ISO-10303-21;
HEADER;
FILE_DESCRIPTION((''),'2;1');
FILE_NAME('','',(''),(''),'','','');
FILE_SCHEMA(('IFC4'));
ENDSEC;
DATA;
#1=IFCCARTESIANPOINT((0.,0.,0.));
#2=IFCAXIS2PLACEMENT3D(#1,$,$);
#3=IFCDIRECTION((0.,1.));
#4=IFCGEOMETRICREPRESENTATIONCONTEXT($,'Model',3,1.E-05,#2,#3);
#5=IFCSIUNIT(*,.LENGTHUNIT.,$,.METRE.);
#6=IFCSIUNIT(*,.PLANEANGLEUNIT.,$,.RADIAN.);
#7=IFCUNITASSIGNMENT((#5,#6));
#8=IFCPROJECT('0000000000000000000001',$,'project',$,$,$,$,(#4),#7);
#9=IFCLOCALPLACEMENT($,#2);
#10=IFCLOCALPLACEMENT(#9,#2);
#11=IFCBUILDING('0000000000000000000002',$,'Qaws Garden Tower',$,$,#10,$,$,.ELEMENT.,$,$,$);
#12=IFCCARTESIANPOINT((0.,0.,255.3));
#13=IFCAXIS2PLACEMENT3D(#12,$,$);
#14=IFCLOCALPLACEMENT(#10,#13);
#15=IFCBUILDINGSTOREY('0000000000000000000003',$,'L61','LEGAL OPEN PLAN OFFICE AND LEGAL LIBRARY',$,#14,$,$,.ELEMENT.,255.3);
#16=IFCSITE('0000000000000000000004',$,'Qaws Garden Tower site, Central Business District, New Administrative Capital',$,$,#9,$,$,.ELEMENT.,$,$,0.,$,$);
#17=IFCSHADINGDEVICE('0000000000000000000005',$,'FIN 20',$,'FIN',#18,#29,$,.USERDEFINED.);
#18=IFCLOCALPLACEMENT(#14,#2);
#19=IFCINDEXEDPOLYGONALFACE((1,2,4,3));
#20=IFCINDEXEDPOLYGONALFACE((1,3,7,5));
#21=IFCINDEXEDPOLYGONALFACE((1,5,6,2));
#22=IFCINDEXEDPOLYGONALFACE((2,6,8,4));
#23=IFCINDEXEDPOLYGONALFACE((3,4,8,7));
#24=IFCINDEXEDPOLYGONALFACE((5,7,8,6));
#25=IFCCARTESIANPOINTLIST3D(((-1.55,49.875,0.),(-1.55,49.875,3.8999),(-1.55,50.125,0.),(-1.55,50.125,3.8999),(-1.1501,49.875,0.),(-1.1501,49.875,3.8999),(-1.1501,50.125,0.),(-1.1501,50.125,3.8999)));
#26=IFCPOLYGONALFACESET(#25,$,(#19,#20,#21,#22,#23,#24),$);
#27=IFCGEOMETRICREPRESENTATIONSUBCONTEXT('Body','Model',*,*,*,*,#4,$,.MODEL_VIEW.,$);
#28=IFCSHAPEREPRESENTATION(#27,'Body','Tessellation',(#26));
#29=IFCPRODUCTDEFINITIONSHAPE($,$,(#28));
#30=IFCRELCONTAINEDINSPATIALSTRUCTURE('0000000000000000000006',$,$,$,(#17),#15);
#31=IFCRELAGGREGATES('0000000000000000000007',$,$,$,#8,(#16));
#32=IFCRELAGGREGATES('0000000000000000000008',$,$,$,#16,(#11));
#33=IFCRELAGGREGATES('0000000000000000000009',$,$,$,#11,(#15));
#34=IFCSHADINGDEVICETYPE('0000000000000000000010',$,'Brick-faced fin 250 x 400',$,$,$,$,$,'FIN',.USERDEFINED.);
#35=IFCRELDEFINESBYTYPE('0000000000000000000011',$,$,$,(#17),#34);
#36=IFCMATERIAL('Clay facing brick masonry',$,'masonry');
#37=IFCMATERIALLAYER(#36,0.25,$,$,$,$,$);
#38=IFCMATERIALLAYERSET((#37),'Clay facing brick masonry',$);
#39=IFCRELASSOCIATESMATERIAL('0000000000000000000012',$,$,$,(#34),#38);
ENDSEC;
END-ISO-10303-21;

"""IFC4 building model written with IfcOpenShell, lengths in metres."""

from ifc_helpers import new_model, si_unit, direction, frame, origin, origin_2d, place, context, subcontext, project, spatial, rectangle, extrude, material, layer, layer_set, type_object, element, save


model = new_model("IFC4")

# Units and contexts
model_context = context("Model", 3, precision=1e-05, world=origin(), true_north=direction((0.0, 1.0)))
body_context = subcontext(model_context, "Body", "Model", "MODEL_VIEW")
ifc_project = project(units=[si_unit("LENGTHUNIT", "METRE"), si_unit("PLANEANGLEUNIT", "RADIAN")], contexts=[model_context])

# Site, building, storey
site_placement = place(None, origin())
site = spatial("IfcSite", under=ifc_project, at=site_placement, Name="Qaws Garden Tower site, Central Business District, New Administrative Capital", CompositionType="ELEMENT", RefElevation=0.0)
building_placement = place(site_placement, origin())
building = spatial("IfcBuilding", under=site, at=building_placement, Name="Qaws Garden Tower", CompositionType="ELEMENT")
storey_placement = place(building_placement, frame((0.0, 0.0, 255.3)))
storey = spatial("IfcBuildingStorey", under=building, at=storey_placement, Name="L61", Description="LEGAL OPEN PLAN OFFICE AND LEGAL LIBRARY", CompositionType="ELEMENT", Elevation=255.3)

# Shading device
ifc_material_1 = material(Name="Clay facing brick masonry", Category="masonry")
ifc_layer_1 = layer(ifc_material_1, 0.25)
ifc_layer_set_1 = layer_set([ifc_layer_1], Name="Clay facing brick masonry")
shading_device_type = type_object("IfcShadingDeviceType", Name="Brick-faced fin 250 x 400", ElementType="FIN", PredefinedType="USERDEFINED", material=ifc_layer_set_1)
shading_device_placement = place(storey_placement, frame((-1.3501, 50.0, 0.0), z_axis=(0.0, 0.0, 1.0), x_axis=(0.0, -1.0, 0.0)))
element("IfcShadingDevice", 1, at=shading_device_placement, inside=storey, type_object=shading_device_type, Name="FIN 20", ObjectType="FIN", PredefinedType="USERDEFINED", context=body_context, shape_type="SweptSolid", body=[
    extrude(rectangle(XDim=0.25, YDim=0.3999, at=origin_2d()), origin(), (0.0, 0.0, 1.0), 3.8999),
])

save(model, "model.ifc")
